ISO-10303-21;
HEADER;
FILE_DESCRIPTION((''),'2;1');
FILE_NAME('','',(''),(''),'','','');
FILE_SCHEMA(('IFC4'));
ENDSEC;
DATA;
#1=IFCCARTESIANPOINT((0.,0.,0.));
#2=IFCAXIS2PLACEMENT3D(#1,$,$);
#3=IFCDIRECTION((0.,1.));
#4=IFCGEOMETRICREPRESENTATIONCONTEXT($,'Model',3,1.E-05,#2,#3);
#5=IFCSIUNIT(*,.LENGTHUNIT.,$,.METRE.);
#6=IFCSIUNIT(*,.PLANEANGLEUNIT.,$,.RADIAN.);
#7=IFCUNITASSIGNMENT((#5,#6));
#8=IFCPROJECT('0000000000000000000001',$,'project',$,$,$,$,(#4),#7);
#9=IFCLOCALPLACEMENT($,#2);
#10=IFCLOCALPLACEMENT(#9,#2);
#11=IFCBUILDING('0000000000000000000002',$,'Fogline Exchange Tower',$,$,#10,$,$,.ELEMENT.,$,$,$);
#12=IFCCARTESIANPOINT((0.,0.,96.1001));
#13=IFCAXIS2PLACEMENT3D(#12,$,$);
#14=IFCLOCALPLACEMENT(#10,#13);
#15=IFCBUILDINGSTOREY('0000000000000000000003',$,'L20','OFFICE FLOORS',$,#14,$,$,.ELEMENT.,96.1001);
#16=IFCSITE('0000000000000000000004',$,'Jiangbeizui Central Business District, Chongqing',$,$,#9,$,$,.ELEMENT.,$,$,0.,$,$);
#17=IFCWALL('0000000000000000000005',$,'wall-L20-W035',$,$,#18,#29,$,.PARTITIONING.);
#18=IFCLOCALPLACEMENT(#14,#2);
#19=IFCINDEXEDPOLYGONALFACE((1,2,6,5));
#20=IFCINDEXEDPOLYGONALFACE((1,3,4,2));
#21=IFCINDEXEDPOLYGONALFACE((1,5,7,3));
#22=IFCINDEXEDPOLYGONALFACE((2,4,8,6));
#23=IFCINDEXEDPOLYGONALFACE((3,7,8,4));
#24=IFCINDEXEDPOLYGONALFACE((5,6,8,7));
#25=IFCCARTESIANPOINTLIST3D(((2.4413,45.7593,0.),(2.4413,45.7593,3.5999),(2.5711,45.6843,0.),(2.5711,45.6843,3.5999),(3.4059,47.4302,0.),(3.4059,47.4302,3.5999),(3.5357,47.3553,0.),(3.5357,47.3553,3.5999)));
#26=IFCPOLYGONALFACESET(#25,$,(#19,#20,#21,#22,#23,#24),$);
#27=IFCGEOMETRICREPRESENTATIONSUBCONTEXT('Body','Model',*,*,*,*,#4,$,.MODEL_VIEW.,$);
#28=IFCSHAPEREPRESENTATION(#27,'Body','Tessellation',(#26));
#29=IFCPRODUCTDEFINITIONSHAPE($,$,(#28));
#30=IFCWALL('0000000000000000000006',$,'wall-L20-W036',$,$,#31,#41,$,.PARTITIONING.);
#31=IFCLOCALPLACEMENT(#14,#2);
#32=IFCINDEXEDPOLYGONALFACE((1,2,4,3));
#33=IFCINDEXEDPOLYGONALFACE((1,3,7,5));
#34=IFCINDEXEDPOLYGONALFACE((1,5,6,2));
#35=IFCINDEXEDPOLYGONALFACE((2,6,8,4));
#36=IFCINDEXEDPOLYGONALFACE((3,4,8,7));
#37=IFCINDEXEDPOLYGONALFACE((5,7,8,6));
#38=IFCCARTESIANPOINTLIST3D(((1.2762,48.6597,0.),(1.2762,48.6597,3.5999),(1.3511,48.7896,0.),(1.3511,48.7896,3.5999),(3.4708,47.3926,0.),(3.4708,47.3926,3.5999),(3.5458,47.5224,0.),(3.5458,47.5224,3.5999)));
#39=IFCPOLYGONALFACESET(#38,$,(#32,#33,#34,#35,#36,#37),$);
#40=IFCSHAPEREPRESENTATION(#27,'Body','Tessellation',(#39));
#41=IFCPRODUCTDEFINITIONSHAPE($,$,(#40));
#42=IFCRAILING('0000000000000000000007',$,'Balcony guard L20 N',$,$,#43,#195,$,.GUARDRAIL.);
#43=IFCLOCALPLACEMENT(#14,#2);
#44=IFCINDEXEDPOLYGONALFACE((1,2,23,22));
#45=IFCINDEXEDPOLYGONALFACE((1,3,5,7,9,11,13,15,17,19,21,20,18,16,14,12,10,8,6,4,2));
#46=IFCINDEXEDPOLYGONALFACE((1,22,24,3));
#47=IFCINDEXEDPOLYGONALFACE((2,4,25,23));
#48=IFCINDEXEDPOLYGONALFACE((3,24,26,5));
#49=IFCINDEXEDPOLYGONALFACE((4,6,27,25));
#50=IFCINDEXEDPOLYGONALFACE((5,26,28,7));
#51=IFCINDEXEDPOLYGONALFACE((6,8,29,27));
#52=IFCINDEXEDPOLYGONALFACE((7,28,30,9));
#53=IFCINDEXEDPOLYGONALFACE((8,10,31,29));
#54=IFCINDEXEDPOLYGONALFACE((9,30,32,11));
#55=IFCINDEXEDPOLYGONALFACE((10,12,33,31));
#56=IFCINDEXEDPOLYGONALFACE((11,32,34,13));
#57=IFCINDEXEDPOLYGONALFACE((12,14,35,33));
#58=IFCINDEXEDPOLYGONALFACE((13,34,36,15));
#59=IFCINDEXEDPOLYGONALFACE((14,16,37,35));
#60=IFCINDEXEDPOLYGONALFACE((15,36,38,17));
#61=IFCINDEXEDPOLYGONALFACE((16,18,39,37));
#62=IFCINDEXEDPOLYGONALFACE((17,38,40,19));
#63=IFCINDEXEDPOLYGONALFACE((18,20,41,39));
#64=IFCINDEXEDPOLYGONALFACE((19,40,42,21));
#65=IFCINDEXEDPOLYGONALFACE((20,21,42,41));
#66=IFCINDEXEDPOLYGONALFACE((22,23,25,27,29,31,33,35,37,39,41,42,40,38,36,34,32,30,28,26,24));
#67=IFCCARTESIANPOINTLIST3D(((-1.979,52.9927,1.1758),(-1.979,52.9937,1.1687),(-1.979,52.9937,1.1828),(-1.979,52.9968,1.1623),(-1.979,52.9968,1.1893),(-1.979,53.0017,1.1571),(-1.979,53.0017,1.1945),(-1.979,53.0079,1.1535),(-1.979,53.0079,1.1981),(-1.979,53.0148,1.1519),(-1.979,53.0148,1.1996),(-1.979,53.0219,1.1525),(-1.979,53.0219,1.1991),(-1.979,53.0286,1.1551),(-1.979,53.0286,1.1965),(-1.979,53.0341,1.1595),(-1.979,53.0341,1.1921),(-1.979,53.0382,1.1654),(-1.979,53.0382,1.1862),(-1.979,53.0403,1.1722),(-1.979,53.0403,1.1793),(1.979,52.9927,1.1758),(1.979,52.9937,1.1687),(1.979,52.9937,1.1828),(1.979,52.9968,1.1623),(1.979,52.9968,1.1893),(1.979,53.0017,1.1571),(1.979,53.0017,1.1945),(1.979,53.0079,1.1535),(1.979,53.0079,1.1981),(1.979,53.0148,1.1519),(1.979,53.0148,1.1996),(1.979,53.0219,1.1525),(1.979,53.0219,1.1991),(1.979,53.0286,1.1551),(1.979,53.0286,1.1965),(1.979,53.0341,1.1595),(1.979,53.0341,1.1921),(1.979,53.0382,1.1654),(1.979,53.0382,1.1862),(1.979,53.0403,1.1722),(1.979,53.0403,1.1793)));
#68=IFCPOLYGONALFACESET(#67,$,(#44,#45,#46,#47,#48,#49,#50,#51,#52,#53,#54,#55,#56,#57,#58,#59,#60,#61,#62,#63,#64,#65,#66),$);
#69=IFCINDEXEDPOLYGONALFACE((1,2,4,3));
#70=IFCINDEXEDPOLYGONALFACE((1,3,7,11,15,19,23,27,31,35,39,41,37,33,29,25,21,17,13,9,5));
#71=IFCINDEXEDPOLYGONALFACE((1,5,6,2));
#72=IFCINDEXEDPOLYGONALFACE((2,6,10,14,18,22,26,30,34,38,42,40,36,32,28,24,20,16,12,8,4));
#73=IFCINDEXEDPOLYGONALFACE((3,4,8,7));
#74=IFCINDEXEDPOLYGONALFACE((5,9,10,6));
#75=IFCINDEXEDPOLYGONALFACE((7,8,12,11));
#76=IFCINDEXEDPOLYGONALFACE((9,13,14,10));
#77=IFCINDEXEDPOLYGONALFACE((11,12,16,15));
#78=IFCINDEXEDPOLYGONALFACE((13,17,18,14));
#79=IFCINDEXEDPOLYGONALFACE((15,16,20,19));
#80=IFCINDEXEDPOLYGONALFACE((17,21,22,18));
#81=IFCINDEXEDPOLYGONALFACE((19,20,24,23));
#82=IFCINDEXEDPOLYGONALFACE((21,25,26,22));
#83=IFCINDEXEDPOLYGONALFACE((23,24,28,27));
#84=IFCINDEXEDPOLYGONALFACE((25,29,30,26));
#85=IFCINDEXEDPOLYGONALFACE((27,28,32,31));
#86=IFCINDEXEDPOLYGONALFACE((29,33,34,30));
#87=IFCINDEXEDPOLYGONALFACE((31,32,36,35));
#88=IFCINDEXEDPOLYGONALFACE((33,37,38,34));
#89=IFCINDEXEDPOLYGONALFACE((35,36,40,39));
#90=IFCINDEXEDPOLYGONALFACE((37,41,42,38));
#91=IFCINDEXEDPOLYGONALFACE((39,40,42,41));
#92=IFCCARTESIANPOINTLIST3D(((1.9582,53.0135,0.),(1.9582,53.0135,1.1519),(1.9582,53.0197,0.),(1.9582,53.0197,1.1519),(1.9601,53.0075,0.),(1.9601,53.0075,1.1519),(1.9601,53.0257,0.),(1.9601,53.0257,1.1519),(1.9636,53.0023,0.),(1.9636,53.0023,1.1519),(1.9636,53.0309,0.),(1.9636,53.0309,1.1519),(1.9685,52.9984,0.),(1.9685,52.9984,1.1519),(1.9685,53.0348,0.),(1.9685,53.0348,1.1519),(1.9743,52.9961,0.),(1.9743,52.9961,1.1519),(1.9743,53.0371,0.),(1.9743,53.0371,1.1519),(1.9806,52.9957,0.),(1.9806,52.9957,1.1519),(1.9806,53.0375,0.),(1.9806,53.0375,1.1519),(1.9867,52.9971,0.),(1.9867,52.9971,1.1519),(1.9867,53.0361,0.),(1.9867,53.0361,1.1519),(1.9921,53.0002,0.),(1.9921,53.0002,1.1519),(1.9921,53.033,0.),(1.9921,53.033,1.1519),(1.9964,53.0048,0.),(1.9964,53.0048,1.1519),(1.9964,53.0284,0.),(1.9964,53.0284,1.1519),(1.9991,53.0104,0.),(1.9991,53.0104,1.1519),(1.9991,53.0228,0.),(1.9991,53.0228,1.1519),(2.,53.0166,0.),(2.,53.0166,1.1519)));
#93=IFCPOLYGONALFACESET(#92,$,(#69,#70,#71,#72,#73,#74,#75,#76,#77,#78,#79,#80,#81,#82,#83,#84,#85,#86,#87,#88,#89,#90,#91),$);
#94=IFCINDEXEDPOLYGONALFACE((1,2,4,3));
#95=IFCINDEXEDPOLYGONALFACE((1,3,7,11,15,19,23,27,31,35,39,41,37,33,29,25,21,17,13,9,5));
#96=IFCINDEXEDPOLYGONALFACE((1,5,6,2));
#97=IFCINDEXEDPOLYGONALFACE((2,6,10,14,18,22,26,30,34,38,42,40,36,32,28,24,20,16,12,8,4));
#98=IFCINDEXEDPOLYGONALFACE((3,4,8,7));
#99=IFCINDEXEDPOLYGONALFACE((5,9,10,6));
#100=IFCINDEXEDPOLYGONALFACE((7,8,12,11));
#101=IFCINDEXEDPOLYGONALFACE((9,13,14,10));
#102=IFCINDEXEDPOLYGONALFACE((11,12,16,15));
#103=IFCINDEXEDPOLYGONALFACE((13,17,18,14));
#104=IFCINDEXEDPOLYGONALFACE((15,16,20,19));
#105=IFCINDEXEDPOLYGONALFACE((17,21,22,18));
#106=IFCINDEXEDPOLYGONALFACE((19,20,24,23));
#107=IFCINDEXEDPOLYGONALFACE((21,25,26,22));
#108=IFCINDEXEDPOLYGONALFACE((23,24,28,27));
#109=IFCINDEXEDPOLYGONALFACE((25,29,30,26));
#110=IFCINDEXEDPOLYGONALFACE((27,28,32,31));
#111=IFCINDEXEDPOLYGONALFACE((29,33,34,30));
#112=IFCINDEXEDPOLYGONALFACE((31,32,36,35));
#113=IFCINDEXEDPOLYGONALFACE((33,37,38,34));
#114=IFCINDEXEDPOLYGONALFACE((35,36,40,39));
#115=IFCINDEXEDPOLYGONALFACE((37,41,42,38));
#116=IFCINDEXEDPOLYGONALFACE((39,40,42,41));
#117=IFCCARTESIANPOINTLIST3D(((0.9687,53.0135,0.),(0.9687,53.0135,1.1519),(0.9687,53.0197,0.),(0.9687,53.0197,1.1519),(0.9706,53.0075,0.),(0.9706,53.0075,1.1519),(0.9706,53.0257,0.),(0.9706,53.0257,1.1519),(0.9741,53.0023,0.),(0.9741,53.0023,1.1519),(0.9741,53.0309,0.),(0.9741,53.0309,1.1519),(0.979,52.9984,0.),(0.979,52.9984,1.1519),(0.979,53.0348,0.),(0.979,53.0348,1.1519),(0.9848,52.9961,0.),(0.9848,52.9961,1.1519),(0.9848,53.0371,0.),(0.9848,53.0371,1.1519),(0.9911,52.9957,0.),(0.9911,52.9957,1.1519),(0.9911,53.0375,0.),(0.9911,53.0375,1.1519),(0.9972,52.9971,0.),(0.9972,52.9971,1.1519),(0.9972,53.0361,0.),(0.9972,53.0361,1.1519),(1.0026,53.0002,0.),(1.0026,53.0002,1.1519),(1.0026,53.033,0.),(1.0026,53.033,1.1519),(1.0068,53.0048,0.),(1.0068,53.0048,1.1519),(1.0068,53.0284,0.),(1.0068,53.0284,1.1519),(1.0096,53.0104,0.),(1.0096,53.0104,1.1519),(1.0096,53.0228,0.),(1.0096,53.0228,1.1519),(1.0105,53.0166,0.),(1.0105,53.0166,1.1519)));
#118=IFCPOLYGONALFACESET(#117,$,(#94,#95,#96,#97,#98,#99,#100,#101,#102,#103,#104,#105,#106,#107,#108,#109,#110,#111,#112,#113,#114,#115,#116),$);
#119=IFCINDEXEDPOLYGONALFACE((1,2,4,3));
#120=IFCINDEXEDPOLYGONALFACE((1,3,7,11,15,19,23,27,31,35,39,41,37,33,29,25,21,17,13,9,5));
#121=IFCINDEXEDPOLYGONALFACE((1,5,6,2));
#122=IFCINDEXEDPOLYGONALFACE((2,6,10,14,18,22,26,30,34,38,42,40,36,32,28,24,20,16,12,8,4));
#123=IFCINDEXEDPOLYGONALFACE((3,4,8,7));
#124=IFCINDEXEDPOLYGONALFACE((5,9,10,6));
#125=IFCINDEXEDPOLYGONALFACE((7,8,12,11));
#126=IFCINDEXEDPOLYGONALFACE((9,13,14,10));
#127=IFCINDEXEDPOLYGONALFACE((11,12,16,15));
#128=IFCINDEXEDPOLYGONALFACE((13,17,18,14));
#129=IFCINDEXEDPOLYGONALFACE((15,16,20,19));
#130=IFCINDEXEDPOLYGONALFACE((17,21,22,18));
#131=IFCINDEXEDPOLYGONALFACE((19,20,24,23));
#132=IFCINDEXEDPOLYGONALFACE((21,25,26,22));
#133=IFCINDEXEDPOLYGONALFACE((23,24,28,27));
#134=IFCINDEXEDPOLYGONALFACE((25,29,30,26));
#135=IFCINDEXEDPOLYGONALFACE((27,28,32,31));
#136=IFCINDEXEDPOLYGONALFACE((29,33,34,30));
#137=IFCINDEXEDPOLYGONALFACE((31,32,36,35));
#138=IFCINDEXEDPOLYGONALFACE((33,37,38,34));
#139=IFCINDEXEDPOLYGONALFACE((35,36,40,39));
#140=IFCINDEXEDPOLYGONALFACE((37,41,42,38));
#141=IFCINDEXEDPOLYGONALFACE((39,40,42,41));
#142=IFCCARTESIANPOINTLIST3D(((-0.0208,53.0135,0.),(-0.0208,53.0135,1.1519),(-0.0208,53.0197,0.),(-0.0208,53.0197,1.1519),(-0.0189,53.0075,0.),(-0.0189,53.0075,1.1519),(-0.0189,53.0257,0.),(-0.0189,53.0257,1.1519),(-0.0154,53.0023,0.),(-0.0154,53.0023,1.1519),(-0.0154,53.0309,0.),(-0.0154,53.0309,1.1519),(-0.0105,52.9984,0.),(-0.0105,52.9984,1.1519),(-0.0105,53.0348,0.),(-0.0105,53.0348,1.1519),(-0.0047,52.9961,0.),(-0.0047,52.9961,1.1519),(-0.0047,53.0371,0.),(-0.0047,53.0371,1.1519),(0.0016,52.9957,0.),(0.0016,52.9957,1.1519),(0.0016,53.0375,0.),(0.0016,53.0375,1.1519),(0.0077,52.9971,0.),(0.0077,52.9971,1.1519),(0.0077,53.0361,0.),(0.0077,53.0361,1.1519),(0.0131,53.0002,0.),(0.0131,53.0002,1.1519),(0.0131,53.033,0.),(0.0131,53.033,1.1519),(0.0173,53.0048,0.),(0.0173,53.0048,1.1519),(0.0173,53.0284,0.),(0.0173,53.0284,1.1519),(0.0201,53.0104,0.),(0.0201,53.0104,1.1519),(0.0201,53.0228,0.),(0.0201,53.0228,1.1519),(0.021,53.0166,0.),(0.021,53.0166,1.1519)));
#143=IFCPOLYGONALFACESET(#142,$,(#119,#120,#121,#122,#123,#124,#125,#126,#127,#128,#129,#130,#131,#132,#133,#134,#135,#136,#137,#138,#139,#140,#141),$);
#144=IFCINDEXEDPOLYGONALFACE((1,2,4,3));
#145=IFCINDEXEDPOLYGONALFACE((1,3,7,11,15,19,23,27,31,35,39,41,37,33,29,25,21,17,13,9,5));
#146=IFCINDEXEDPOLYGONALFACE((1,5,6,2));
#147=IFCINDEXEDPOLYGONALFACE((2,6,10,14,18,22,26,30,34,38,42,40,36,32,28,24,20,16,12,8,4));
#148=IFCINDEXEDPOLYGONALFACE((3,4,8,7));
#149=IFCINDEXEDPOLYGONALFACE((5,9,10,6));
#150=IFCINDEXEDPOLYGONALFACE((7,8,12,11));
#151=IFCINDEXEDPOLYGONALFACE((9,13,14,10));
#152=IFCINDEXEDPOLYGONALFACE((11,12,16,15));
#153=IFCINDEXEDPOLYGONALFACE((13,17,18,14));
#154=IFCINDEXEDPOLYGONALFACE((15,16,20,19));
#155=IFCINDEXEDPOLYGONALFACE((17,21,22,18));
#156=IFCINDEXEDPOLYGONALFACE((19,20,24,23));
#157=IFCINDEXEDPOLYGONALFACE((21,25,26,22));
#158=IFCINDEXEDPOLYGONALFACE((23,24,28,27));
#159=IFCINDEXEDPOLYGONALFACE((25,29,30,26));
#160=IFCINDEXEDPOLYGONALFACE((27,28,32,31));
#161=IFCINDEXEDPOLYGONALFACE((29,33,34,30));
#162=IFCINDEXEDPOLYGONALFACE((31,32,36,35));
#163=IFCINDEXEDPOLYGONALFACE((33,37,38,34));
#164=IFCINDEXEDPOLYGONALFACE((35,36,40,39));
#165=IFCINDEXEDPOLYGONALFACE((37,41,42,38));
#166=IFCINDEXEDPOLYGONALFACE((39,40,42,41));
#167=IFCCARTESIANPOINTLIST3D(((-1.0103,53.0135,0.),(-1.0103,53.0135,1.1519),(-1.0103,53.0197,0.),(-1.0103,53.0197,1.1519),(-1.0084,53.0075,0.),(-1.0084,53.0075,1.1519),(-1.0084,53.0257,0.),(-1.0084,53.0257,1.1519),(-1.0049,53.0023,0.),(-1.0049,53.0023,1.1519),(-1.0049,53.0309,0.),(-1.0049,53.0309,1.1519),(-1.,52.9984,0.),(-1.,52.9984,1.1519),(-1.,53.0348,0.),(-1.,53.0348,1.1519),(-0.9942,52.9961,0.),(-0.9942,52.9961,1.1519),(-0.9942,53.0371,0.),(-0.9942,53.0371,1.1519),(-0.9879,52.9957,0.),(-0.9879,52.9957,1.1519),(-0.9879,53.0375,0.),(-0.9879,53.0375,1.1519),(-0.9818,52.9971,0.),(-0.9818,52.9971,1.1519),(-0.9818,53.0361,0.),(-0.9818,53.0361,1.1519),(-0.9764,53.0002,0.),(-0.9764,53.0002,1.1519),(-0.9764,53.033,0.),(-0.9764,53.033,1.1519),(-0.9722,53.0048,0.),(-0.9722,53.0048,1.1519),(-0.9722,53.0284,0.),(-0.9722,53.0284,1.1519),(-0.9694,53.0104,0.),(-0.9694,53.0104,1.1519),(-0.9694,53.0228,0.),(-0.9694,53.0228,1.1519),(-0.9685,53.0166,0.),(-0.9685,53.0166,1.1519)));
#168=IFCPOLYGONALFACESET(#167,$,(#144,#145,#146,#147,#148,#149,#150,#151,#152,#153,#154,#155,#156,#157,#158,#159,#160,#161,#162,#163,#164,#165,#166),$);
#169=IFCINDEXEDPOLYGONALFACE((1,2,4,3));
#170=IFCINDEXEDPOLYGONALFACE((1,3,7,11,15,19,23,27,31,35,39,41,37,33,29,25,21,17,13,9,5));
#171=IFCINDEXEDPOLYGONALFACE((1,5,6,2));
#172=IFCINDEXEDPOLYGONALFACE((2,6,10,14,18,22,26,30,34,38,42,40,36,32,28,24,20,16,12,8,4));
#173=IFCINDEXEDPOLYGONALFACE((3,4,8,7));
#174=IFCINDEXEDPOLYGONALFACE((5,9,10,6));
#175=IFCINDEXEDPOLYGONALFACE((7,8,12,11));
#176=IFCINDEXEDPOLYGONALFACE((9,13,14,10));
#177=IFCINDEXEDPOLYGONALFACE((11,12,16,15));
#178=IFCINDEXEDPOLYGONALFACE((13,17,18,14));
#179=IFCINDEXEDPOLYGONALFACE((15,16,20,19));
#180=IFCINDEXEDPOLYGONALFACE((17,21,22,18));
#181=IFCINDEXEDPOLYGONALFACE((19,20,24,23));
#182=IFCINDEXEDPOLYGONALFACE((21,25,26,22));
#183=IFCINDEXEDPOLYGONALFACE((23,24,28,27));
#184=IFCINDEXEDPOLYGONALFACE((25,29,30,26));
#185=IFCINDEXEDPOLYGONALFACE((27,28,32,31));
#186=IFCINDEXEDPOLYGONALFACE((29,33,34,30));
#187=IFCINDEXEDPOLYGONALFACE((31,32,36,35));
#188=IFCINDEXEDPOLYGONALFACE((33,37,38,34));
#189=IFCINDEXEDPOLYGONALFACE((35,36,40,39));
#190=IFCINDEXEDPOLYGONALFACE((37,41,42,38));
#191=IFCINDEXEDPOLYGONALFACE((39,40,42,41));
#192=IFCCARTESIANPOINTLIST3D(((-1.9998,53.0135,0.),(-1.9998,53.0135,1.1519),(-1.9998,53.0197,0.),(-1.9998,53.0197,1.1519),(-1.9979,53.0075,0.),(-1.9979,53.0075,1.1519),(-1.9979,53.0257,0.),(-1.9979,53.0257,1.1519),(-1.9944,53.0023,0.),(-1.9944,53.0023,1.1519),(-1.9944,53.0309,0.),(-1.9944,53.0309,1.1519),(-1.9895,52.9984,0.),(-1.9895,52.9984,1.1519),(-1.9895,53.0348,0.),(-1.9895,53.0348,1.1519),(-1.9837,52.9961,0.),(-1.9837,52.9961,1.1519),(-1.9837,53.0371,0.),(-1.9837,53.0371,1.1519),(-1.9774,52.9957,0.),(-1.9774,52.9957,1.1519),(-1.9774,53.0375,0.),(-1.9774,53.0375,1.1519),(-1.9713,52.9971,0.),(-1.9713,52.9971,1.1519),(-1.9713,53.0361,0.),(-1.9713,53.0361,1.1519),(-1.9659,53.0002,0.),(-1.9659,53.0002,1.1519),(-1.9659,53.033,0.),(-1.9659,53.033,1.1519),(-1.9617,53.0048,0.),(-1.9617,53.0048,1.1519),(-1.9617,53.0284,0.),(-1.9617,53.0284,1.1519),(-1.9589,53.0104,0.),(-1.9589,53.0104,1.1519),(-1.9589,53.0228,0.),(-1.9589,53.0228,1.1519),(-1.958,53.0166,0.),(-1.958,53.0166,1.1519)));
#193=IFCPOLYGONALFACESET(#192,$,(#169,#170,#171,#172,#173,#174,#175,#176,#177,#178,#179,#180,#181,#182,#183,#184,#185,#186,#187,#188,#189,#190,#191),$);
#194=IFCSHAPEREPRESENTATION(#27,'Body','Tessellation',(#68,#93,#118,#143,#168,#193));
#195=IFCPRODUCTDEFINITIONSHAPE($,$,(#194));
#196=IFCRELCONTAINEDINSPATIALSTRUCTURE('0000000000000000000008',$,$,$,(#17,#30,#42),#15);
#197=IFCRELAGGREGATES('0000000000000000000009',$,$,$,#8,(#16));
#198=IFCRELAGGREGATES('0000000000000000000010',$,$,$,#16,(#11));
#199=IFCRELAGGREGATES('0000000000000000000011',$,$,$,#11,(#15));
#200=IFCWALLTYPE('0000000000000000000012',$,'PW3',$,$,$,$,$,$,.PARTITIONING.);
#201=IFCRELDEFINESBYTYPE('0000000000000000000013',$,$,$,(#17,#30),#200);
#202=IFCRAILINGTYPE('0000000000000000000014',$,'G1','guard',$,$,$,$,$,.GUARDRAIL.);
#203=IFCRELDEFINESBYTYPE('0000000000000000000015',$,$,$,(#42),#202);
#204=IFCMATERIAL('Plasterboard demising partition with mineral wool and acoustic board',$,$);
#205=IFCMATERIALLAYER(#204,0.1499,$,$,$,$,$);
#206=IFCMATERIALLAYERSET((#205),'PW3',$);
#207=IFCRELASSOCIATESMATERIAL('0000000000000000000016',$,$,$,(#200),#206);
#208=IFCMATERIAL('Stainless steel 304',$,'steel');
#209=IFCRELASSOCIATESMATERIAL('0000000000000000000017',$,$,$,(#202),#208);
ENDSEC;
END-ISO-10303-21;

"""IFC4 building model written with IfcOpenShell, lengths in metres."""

from ifc_helpers import new_model, si_unit, direction, frame, frame_2d, origin, origin_2d, place, context, subcontext, project, spatial, rectangle, circle, extrude, material, layer, layer_set, type_object, element, save


model = new_model("IFC4")

# Units and contexts
model_context = context("Model", 3, precision=1e-05, world=origin(), true_north=direction((0.0, 1.0)))
body_context = subcontext(model_context, "Body", "Model", "MODEL_VIEW")
ifc_project = project(units=[si_unit("LENGTHUNIT", "METRE"), si_unit("PLANEANGLEUNIT", "RADIAN")], contexts=[model_context])

# Site, building, storey
site_placement = place(None, origin())
site = spatial("IfcSite", under=ifc_project, at=site_placement, Name="Jiangbeizui Central Business District, Chongqing", CompositionType="ELEMENT", RefElevation=0.0)
building_placement = place(site_placement, origin())
building = spatial("IfcBuilding", under=site, at=building_placement, Name="Fogline Exchange Tower", CompositionType="ELEMENT")
storey_placement = place(building_placement, frame((0.0, 0.0, 96.1001)))
storey = spatial("IfcBuildingStorey", under=building, at=storey_placement, Name="L20", Description="OFFICE FLOORS", CompositionType="ELEMENT", Elevation=96.1001)

# Walls
ifc_material_1 = material(Name="Plasterboard demising partition with mineral wool and acoustic board")
ifc_layer_1 = layer(ifc_material_1, 0.1499)
ifc_layer_set_1 = layer_set([ifc_layer_1], Name="PW3")
wall_type_1 = type_object("IfcWallType", Name="PW3", PredefinedType="PARTITIONING", material=ifc_layer_set_1)
wall_1_placement = place(storey_placement, frame((2.5061, 45.7217, 0.0), z_axis=(0.0, 0.0, 1.0), x_axis=(0.499963, 0.866047, 0.0)))
element("IfcWall", 1, at=wall_1_placement, inside=storey, type_object=wall_type_1, Name="wall-L20-W035", PredefinedType="PARTITIONING", context=body_context, shape_type="SweptSolid", body=[
    extrude(rectangle(XDim=1.9294, YDim=0.1499, at=frame_2d((0.9648, 0.0))), origin(), (0.0, 0.0, 1.0), 3.5999),
])
wall_2_placement = place(storey_placement, frame((3.5083, 47.4575, 0.0), z_axis=(0.0, 0.0, 1.0), x_axis=(-0.866017, 0.500014, 0.0)))
element("IfcWall", 2, at=wall_2_placement, inside=storey, type_object=wall_type_1, Name="wall-L20-W036", PredefinedType="PARTITIONING", context=body_context, shape_type="SweptSolid", body=[
    extrude(rectangle(XDim=2.5342, YDim=0.1499, at=frame_2d((1.2671, 0.0))), origin(), (0.0, 0.0, 1.0), 3.5999),
])

# Railing
ifc_material_2 = material(Name="Stainless steel 304", Category="steel")
railing_type = type_object("IfcRailingType", Name="G1", Description="guard", PredefinedType="GUARDRAIL", material=ifc_material_2)
railing_placement = place(storey_placement, frame((1.979, 53.0166, 0.0)))
element("IfcRailing", 3, at=railing_placement, inside=storey, type_object=railing_type, Name="Balcony guard L20 N", PredefinedType="GUARDRAIL", context=body_context, shape_type="SweptSolid", body=[
    extrude(circle(Radius=0.0239, at=origin_2d()), frame((0.0, 0.0, 1.1758), z_axis=(-1.0, 0.0, 0.0), x_axis=(0.0, -1.0, 0.0)), (0.0, 0.0, 1.0), 3.958),
    extrude(circle(Radius=0.021, at=origin_2d()), origin(), (0.0, 0.0, 1.0), 1.1519),
    extrude(circle(Radius=0.021, at=origin_2d()), frame((-0.9895, 0.0, 0.0)), (0.0, 0.0, 1.0), 1.1519),
    extrude(circle(Radius=0.021, at=origin_2d()), frame((-1.979, 0.0, 0.0)), (0.0, 0.0, 1.0), 1.1519),
    extrude(circle(Radius=0.021, at=origin_2d()), frame((-2.9685, 0.0, 0.0)), (0.0, 0.0, 1.0), 1.1519),
    extrude(circle(Radius=0.021, at=origin_2d()), frame((-3.958, 0.0, 0.0)), (0.0, 0.0, 1.0), 1.1519),
])

save(model, "model.ifc")
